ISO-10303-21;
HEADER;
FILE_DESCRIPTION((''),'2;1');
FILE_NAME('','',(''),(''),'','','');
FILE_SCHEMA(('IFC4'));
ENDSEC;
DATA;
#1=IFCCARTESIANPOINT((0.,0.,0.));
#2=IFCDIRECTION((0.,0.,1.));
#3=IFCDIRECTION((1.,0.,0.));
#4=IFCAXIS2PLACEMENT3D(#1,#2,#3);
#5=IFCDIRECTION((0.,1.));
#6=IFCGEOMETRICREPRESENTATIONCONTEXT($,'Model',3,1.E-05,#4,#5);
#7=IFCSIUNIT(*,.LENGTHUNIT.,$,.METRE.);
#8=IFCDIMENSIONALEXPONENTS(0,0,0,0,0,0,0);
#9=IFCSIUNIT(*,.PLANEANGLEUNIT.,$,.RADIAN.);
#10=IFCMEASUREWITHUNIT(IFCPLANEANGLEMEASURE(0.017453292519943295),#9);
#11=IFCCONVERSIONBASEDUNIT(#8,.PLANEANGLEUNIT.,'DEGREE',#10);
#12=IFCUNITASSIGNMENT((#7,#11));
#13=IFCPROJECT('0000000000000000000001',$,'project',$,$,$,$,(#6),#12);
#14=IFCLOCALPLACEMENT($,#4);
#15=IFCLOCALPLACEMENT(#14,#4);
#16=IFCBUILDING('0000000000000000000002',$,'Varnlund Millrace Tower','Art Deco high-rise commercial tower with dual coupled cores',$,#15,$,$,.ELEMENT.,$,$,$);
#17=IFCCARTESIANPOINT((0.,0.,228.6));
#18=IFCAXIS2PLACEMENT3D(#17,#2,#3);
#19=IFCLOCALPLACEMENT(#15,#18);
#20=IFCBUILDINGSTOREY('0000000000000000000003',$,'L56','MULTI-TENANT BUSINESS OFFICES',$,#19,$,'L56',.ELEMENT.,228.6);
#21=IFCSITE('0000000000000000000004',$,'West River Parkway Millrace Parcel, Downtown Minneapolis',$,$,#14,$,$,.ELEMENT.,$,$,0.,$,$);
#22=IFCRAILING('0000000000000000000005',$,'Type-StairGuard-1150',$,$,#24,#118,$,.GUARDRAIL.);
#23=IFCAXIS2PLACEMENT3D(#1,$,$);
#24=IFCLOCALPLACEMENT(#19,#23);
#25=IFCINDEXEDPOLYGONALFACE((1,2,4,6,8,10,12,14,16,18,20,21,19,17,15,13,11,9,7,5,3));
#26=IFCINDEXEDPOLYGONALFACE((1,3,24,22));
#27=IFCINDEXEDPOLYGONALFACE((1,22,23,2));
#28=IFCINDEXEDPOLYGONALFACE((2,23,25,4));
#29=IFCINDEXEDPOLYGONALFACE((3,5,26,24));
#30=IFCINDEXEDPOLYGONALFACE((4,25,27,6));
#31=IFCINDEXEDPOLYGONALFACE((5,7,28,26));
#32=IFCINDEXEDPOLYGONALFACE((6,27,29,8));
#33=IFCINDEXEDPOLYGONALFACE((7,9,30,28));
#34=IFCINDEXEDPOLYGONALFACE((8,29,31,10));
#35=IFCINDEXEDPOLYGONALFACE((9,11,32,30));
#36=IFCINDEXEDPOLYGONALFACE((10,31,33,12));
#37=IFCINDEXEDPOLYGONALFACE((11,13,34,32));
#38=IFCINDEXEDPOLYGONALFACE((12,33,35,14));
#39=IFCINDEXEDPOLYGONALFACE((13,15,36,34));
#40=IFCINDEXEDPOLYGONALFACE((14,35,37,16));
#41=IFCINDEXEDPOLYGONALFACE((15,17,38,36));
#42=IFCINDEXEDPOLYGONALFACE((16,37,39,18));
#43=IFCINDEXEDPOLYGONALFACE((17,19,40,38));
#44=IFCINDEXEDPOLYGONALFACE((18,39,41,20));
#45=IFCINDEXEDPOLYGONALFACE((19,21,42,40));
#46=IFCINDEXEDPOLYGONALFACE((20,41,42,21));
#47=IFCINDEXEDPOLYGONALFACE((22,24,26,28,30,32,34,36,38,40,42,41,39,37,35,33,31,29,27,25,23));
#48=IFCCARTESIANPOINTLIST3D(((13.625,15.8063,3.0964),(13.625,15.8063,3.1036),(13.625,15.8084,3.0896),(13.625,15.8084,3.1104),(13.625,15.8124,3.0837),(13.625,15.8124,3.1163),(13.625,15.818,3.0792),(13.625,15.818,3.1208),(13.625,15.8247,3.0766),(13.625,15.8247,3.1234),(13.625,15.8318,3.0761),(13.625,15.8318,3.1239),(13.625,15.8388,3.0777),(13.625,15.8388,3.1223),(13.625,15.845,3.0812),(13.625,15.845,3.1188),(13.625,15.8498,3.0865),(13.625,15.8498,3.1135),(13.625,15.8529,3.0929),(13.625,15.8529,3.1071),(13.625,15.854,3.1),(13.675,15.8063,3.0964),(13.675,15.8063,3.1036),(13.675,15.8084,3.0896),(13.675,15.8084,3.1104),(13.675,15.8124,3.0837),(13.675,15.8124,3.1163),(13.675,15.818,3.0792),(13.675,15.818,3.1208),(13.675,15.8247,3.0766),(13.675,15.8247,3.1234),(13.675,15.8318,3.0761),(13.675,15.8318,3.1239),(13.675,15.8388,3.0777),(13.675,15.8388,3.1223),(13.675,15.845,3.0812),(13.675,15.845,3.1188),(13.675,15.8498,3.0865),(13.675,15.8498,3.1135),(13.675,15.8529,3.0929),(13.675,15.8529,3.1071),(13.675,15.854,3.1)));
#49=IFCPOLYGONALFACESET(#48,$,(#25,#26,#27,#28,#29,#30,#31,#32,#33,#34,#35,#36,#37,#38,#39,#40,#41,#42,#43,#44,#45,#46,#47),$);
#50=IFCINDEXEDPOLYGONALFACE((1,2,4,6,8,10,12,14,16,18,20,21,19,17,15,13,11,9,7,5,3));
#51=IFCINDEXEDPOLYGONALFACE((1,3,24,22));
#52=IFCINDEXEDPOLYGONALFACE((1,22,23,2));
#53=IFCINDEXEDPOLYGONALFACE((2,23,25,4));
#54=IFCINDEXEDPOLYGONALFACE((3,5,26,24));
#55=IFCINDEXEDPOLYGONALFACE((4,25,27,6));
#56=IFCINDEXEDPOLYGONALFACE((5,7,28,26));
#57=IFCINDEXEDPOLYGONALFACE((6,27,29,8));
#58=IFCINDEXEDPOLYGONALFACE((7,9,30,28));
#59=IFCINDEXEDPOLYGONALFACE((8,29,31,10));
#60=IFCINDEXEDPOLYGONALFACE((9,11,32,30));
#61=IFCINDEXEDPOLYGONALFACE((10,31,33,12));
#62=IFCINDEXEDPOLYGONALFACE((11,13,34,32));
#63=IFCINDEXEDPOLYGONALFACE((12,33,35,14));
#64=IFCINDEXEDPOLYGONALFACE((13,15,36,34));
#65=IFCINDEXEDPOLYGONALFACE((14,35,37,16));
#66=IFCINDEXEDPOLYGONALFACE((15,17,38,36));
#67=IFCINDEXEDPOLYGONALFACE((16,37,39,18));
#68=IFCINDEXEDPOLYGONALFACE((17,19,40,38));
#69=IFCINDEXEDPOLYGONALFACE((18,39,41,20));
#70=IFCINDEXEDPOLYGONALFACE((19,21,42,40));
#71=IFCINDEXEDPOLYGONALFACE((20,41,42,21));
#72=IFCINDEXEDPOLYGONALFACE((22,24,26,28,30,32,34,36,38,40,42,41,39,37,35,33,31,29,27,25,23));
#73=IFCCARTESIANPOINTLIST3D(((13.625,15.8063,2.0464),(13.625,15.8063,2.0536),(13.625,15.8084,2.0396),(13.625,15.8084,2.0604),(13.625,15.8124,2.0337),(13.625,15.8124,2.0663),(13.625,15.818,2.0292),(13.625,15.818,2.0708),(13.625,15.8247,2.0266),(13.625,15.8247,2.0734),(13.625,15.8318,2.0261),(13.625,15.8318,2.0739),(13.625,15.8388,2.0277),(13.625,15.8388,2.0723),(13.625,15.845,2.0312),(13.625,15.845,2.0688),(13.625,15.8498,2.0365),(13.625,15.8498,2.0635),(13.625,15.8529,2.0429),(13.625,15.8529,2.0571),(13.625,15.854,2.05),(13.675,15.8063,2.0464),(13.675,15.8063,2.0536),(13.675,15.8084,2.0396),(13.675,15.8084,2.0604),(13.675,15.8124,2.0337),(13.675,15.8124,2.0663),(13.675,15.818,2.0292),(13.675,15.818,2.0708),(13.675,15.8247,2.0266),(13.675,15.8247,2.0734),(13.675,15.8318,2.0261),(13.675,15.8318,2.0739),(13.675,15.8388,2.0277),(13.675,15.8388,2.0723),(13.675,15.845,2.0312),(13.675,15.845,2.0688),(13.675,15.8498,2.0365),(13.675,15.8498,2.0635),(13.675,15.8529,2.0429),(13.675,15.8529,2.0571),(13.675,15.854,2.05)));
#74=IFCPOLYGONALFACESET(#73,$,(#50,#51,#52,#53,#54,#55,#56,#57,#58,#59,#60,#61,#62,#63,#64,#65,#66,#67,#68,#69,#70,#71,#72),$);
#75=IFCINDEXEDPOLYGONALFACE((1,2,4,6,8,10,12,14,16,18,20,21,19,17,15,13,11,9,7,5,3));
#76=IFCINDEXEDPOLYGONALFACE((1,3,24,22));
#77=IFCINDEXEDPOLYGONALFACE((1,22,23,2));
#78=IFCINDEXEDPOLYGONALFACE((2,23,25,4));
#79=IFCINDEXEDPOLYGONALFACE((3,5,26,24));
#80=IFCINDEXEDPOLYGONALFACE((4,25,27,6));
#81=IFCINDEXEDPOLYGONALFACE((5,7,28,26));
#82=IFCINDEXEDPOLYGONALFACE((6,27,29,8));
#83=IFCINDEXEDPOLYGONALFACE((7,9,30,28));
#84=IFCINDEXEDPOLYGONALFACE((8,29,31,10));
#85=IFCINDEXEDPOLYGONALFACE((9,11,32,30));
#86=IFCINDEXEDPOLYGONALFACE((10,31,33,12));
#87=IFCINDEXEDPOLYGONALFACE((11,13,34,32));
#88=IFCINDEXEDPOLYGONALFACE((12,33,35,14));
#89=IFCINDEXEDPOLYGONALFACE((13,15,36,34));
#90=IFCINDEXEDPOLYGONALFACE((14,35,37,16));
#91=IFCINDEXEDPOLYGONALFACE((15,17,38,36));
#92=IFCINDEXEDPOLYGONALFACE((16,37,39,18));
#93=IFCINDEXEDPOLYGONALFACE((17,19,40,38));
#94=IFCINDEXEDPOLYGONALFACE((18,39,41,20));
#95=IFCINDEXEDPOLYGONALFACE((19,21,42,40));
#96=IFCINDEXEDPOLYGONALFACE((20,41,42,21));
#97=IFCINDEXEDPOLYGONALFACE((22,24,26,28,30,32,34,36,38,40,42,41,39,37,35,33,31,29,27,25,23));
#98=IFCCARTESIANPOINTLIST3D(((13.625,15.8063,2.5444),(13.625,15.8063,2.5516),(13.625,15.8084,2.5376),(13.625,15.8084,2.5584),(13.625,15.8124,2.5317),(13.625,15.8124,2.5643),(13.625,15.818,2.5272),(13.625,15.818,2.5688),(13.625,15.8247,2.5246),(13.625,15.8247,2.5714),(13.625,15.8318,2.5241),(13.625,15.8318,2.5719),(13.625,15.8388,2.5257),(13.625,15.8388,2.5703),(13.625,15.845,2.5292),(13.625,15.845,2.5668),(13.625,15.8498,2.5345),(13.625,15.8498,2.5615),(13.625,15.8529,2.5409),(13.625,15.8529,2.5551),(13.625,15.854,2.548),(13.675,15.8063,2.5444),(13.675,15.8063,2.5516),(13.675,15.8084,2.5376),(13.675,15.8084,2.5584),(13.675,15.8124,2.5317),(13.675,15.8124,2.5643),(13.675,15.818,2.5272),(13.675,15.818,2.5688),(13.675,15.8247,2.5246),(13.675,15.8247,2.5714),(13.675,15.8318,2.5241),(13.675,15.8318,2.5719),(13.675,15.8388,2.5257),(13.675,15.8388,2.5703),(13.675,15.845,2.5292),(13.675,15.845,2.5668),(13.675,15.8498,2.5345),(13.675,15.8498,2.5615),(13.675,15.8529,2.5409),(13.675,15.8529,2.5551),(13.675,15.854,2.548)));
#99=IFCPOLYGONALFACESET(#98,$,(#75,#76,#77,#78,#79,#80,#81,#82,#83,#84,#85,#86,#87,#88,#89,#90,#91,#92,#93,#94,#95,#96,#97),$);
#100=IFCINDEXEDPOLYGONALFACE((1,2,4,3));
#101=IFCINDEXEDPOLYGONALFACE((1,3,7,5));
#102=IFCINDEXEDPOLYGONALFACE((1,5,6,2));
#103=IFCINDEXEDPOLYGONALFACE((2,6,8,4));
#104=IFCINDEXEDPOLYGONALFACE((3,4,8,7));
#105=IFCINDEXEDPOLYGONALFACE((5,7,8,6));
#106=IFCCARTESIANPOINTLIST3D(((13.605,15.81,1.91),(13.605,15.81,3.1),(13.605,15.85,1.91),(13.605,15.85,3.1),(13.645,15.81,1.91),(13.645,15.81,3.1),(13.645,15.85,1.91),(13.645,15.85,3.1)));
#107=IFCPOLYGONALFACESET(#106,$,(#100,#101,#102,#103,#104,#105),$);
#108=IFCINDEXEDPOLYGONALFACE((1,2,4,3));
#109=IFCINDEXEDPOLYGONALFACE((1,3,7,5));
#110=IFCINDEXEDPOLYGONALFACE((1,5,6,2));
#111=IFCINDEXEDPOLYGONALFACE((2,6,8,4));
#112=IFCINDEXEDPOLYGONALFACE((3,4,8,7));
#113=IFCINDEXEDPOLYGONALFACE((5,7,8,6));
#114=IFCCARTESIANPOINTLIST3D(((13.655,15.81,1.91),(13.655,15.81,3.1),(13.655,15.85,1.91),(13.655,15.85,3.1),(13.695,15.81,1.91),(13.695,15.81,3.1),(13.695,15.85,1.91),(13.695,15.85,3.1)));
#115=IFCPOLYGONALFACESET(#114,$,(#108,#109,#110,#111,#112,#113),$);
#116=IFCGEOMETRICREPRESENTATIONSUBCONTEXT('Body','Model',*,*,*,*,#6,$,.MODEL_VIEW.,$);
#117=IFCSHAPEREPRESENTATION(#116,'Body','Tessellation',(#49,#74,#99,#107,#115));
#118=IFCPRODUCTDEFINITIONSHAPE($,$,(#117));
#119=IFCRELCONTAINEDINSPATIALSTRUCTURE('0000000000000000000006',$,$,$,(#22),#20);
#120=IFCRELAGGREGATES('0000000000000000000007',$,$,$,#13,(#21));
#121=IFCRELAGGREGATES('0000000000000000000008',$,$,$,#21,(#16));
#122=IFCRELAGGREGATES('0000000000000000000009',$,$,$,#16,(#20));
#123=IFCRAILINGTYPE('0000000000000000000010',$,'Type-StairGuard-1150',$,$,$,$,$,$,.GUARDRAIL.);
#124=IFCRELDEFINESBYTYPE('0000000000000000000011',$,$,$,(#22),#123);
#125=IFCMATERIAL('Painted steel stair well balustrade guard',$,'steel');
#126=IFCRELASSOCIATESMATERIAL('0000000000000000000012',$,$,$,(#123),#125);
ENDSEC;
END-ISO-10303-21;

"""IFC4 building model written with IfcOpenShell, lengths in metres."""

from ifc_helpers import new_model, entity, si_unit, converted_unit, direction, frame, origin_with_axes, origin_2d_with_axis, place, context, subcontext, project, spatial, rectangle, circle, extrude, material, type_object, element, save


model = new_model("IFC4")

# Units and contexts
model_context = context("Model", 3, precision=1e-05, world=origin_with_axes(), true_north=direction((0.0, 1.0)))
body_context = subcontext(model_context, "Body", "Model", "MODEL_VIEW")
ifc_project = project(units=[si_unit("LENGTHUNIT", "METRE"), converted_unit("PLANEANGLEUNIT", "DEGREE", entity("IfcPlaneAngleMeasure", 0.017453292519943295), si_unit("PLANEANGLEUNIT", "RADIAN"), dimensions=[0, 0, 0, 0, 0, 0, 0])], contexts=[model_context])

# Site, building, storey
site_placement = place(None, origin_with_axes())
site = spatial("IfcSite", under=ifc_project, at=site_placement, Name="West River Parkway Millrace Parcel, Downtown Minneapolis", CompositionType="ELEMENT", RefElevation=0.0)
building_placement = place(site_placement, origin_with_axes())
building = spatial("IfcBuilding", under=site, at=building_placement, Name="Varnlund Millrace Tower", Description="Art Deco high-rise commercial tower with dual coupled cores", CompositionType="ELEMENT")
storey_placement = place(building_placement, frame((0.0, 0.0, 228.6), z_axis=(0.0, 0.0, 1.0), x_axis=(1.0, 0.0, 0.0)))
storey = spatial("IfcBuildingStorey", under=building, at=storey_placement, Name="L56", Description="MULTI-TENANT BUSINESS OFFICES", LongName="L56", CompositionType="ELEMENT", Elevation=228.6)

# Railing
ifc_material_1 = material(Name="Painted steel stair well balustrade guard", Category="steel")
railing_type_1 = type_object("IfcRailingType", Name="Type-StairGuard-1150", PredefinedType="GUARDRAIL", material=ifc_material_1)
railing_1_placement = place(storey_placement, frame((0.0, 0.0, -228.6), z_axis=(0.0, 0.0, 1.0), x_axis=(1.0, 0.0, 0.0)))
element("IfcRailing", 1, at=railing_1_placement, inside=storey, type_object=railing_type_1, Name="Type-StairGuard-1150", PredefinedType="GUARDRAIL", context=body_context, shape_type="SweptSolid", body=[
    extrude(circle(Radius=0.024, at=origin_2d_with_axis()), frame((13.625, 15.83, 231.7), z_axis=(1.0, 0.0, 0.0), x_axis=(0.0, 1.0, 0.0)), (0.0, 0.0, 1.0), 0.05),
    extrude(circle(Radius=0.024, at=origin_2d_with_axis()), frame((13.625, 15.83, 230.65), z_axis=(1.0, 0.0, 0.0), x_axis=(0.0, 1.0, 0.0)), (0.0, 0.0, 1.0), 0.05),
    extrude(circle(Radius=0.024, at=origin_2d_with_axis()), frame((13.625, 15.83, 231.148), z_axis=(1.0, 0.0, 0.0), x_axis=(0.0, 1.0, 0.0)), (0.0, 0.0, 1.0), 0.05),
    extrude(rectangle(XDim=0.04, YDim=0.04, at=origin_2d_with_axis()), frame((13.625, 15.83, 230.51), z_axis=(0.0, 0.0, 1.0), x_axis=(1.0, 0.0, 0.0)), (0.0, 0.0, 1.0), 1.19),
    extrude(rectangle(XDim=0.04, YDim=0.04, at=origin_2d_with_axis()), frame((13.675, 15.83, 230.51), z_axis=(0.0, 0.0, 1.0), x_axis=(1.0, 0.0, 0.0)), (0.0, 0.0, 1.0), 1.19),
])

save(model, "model.ifc")
